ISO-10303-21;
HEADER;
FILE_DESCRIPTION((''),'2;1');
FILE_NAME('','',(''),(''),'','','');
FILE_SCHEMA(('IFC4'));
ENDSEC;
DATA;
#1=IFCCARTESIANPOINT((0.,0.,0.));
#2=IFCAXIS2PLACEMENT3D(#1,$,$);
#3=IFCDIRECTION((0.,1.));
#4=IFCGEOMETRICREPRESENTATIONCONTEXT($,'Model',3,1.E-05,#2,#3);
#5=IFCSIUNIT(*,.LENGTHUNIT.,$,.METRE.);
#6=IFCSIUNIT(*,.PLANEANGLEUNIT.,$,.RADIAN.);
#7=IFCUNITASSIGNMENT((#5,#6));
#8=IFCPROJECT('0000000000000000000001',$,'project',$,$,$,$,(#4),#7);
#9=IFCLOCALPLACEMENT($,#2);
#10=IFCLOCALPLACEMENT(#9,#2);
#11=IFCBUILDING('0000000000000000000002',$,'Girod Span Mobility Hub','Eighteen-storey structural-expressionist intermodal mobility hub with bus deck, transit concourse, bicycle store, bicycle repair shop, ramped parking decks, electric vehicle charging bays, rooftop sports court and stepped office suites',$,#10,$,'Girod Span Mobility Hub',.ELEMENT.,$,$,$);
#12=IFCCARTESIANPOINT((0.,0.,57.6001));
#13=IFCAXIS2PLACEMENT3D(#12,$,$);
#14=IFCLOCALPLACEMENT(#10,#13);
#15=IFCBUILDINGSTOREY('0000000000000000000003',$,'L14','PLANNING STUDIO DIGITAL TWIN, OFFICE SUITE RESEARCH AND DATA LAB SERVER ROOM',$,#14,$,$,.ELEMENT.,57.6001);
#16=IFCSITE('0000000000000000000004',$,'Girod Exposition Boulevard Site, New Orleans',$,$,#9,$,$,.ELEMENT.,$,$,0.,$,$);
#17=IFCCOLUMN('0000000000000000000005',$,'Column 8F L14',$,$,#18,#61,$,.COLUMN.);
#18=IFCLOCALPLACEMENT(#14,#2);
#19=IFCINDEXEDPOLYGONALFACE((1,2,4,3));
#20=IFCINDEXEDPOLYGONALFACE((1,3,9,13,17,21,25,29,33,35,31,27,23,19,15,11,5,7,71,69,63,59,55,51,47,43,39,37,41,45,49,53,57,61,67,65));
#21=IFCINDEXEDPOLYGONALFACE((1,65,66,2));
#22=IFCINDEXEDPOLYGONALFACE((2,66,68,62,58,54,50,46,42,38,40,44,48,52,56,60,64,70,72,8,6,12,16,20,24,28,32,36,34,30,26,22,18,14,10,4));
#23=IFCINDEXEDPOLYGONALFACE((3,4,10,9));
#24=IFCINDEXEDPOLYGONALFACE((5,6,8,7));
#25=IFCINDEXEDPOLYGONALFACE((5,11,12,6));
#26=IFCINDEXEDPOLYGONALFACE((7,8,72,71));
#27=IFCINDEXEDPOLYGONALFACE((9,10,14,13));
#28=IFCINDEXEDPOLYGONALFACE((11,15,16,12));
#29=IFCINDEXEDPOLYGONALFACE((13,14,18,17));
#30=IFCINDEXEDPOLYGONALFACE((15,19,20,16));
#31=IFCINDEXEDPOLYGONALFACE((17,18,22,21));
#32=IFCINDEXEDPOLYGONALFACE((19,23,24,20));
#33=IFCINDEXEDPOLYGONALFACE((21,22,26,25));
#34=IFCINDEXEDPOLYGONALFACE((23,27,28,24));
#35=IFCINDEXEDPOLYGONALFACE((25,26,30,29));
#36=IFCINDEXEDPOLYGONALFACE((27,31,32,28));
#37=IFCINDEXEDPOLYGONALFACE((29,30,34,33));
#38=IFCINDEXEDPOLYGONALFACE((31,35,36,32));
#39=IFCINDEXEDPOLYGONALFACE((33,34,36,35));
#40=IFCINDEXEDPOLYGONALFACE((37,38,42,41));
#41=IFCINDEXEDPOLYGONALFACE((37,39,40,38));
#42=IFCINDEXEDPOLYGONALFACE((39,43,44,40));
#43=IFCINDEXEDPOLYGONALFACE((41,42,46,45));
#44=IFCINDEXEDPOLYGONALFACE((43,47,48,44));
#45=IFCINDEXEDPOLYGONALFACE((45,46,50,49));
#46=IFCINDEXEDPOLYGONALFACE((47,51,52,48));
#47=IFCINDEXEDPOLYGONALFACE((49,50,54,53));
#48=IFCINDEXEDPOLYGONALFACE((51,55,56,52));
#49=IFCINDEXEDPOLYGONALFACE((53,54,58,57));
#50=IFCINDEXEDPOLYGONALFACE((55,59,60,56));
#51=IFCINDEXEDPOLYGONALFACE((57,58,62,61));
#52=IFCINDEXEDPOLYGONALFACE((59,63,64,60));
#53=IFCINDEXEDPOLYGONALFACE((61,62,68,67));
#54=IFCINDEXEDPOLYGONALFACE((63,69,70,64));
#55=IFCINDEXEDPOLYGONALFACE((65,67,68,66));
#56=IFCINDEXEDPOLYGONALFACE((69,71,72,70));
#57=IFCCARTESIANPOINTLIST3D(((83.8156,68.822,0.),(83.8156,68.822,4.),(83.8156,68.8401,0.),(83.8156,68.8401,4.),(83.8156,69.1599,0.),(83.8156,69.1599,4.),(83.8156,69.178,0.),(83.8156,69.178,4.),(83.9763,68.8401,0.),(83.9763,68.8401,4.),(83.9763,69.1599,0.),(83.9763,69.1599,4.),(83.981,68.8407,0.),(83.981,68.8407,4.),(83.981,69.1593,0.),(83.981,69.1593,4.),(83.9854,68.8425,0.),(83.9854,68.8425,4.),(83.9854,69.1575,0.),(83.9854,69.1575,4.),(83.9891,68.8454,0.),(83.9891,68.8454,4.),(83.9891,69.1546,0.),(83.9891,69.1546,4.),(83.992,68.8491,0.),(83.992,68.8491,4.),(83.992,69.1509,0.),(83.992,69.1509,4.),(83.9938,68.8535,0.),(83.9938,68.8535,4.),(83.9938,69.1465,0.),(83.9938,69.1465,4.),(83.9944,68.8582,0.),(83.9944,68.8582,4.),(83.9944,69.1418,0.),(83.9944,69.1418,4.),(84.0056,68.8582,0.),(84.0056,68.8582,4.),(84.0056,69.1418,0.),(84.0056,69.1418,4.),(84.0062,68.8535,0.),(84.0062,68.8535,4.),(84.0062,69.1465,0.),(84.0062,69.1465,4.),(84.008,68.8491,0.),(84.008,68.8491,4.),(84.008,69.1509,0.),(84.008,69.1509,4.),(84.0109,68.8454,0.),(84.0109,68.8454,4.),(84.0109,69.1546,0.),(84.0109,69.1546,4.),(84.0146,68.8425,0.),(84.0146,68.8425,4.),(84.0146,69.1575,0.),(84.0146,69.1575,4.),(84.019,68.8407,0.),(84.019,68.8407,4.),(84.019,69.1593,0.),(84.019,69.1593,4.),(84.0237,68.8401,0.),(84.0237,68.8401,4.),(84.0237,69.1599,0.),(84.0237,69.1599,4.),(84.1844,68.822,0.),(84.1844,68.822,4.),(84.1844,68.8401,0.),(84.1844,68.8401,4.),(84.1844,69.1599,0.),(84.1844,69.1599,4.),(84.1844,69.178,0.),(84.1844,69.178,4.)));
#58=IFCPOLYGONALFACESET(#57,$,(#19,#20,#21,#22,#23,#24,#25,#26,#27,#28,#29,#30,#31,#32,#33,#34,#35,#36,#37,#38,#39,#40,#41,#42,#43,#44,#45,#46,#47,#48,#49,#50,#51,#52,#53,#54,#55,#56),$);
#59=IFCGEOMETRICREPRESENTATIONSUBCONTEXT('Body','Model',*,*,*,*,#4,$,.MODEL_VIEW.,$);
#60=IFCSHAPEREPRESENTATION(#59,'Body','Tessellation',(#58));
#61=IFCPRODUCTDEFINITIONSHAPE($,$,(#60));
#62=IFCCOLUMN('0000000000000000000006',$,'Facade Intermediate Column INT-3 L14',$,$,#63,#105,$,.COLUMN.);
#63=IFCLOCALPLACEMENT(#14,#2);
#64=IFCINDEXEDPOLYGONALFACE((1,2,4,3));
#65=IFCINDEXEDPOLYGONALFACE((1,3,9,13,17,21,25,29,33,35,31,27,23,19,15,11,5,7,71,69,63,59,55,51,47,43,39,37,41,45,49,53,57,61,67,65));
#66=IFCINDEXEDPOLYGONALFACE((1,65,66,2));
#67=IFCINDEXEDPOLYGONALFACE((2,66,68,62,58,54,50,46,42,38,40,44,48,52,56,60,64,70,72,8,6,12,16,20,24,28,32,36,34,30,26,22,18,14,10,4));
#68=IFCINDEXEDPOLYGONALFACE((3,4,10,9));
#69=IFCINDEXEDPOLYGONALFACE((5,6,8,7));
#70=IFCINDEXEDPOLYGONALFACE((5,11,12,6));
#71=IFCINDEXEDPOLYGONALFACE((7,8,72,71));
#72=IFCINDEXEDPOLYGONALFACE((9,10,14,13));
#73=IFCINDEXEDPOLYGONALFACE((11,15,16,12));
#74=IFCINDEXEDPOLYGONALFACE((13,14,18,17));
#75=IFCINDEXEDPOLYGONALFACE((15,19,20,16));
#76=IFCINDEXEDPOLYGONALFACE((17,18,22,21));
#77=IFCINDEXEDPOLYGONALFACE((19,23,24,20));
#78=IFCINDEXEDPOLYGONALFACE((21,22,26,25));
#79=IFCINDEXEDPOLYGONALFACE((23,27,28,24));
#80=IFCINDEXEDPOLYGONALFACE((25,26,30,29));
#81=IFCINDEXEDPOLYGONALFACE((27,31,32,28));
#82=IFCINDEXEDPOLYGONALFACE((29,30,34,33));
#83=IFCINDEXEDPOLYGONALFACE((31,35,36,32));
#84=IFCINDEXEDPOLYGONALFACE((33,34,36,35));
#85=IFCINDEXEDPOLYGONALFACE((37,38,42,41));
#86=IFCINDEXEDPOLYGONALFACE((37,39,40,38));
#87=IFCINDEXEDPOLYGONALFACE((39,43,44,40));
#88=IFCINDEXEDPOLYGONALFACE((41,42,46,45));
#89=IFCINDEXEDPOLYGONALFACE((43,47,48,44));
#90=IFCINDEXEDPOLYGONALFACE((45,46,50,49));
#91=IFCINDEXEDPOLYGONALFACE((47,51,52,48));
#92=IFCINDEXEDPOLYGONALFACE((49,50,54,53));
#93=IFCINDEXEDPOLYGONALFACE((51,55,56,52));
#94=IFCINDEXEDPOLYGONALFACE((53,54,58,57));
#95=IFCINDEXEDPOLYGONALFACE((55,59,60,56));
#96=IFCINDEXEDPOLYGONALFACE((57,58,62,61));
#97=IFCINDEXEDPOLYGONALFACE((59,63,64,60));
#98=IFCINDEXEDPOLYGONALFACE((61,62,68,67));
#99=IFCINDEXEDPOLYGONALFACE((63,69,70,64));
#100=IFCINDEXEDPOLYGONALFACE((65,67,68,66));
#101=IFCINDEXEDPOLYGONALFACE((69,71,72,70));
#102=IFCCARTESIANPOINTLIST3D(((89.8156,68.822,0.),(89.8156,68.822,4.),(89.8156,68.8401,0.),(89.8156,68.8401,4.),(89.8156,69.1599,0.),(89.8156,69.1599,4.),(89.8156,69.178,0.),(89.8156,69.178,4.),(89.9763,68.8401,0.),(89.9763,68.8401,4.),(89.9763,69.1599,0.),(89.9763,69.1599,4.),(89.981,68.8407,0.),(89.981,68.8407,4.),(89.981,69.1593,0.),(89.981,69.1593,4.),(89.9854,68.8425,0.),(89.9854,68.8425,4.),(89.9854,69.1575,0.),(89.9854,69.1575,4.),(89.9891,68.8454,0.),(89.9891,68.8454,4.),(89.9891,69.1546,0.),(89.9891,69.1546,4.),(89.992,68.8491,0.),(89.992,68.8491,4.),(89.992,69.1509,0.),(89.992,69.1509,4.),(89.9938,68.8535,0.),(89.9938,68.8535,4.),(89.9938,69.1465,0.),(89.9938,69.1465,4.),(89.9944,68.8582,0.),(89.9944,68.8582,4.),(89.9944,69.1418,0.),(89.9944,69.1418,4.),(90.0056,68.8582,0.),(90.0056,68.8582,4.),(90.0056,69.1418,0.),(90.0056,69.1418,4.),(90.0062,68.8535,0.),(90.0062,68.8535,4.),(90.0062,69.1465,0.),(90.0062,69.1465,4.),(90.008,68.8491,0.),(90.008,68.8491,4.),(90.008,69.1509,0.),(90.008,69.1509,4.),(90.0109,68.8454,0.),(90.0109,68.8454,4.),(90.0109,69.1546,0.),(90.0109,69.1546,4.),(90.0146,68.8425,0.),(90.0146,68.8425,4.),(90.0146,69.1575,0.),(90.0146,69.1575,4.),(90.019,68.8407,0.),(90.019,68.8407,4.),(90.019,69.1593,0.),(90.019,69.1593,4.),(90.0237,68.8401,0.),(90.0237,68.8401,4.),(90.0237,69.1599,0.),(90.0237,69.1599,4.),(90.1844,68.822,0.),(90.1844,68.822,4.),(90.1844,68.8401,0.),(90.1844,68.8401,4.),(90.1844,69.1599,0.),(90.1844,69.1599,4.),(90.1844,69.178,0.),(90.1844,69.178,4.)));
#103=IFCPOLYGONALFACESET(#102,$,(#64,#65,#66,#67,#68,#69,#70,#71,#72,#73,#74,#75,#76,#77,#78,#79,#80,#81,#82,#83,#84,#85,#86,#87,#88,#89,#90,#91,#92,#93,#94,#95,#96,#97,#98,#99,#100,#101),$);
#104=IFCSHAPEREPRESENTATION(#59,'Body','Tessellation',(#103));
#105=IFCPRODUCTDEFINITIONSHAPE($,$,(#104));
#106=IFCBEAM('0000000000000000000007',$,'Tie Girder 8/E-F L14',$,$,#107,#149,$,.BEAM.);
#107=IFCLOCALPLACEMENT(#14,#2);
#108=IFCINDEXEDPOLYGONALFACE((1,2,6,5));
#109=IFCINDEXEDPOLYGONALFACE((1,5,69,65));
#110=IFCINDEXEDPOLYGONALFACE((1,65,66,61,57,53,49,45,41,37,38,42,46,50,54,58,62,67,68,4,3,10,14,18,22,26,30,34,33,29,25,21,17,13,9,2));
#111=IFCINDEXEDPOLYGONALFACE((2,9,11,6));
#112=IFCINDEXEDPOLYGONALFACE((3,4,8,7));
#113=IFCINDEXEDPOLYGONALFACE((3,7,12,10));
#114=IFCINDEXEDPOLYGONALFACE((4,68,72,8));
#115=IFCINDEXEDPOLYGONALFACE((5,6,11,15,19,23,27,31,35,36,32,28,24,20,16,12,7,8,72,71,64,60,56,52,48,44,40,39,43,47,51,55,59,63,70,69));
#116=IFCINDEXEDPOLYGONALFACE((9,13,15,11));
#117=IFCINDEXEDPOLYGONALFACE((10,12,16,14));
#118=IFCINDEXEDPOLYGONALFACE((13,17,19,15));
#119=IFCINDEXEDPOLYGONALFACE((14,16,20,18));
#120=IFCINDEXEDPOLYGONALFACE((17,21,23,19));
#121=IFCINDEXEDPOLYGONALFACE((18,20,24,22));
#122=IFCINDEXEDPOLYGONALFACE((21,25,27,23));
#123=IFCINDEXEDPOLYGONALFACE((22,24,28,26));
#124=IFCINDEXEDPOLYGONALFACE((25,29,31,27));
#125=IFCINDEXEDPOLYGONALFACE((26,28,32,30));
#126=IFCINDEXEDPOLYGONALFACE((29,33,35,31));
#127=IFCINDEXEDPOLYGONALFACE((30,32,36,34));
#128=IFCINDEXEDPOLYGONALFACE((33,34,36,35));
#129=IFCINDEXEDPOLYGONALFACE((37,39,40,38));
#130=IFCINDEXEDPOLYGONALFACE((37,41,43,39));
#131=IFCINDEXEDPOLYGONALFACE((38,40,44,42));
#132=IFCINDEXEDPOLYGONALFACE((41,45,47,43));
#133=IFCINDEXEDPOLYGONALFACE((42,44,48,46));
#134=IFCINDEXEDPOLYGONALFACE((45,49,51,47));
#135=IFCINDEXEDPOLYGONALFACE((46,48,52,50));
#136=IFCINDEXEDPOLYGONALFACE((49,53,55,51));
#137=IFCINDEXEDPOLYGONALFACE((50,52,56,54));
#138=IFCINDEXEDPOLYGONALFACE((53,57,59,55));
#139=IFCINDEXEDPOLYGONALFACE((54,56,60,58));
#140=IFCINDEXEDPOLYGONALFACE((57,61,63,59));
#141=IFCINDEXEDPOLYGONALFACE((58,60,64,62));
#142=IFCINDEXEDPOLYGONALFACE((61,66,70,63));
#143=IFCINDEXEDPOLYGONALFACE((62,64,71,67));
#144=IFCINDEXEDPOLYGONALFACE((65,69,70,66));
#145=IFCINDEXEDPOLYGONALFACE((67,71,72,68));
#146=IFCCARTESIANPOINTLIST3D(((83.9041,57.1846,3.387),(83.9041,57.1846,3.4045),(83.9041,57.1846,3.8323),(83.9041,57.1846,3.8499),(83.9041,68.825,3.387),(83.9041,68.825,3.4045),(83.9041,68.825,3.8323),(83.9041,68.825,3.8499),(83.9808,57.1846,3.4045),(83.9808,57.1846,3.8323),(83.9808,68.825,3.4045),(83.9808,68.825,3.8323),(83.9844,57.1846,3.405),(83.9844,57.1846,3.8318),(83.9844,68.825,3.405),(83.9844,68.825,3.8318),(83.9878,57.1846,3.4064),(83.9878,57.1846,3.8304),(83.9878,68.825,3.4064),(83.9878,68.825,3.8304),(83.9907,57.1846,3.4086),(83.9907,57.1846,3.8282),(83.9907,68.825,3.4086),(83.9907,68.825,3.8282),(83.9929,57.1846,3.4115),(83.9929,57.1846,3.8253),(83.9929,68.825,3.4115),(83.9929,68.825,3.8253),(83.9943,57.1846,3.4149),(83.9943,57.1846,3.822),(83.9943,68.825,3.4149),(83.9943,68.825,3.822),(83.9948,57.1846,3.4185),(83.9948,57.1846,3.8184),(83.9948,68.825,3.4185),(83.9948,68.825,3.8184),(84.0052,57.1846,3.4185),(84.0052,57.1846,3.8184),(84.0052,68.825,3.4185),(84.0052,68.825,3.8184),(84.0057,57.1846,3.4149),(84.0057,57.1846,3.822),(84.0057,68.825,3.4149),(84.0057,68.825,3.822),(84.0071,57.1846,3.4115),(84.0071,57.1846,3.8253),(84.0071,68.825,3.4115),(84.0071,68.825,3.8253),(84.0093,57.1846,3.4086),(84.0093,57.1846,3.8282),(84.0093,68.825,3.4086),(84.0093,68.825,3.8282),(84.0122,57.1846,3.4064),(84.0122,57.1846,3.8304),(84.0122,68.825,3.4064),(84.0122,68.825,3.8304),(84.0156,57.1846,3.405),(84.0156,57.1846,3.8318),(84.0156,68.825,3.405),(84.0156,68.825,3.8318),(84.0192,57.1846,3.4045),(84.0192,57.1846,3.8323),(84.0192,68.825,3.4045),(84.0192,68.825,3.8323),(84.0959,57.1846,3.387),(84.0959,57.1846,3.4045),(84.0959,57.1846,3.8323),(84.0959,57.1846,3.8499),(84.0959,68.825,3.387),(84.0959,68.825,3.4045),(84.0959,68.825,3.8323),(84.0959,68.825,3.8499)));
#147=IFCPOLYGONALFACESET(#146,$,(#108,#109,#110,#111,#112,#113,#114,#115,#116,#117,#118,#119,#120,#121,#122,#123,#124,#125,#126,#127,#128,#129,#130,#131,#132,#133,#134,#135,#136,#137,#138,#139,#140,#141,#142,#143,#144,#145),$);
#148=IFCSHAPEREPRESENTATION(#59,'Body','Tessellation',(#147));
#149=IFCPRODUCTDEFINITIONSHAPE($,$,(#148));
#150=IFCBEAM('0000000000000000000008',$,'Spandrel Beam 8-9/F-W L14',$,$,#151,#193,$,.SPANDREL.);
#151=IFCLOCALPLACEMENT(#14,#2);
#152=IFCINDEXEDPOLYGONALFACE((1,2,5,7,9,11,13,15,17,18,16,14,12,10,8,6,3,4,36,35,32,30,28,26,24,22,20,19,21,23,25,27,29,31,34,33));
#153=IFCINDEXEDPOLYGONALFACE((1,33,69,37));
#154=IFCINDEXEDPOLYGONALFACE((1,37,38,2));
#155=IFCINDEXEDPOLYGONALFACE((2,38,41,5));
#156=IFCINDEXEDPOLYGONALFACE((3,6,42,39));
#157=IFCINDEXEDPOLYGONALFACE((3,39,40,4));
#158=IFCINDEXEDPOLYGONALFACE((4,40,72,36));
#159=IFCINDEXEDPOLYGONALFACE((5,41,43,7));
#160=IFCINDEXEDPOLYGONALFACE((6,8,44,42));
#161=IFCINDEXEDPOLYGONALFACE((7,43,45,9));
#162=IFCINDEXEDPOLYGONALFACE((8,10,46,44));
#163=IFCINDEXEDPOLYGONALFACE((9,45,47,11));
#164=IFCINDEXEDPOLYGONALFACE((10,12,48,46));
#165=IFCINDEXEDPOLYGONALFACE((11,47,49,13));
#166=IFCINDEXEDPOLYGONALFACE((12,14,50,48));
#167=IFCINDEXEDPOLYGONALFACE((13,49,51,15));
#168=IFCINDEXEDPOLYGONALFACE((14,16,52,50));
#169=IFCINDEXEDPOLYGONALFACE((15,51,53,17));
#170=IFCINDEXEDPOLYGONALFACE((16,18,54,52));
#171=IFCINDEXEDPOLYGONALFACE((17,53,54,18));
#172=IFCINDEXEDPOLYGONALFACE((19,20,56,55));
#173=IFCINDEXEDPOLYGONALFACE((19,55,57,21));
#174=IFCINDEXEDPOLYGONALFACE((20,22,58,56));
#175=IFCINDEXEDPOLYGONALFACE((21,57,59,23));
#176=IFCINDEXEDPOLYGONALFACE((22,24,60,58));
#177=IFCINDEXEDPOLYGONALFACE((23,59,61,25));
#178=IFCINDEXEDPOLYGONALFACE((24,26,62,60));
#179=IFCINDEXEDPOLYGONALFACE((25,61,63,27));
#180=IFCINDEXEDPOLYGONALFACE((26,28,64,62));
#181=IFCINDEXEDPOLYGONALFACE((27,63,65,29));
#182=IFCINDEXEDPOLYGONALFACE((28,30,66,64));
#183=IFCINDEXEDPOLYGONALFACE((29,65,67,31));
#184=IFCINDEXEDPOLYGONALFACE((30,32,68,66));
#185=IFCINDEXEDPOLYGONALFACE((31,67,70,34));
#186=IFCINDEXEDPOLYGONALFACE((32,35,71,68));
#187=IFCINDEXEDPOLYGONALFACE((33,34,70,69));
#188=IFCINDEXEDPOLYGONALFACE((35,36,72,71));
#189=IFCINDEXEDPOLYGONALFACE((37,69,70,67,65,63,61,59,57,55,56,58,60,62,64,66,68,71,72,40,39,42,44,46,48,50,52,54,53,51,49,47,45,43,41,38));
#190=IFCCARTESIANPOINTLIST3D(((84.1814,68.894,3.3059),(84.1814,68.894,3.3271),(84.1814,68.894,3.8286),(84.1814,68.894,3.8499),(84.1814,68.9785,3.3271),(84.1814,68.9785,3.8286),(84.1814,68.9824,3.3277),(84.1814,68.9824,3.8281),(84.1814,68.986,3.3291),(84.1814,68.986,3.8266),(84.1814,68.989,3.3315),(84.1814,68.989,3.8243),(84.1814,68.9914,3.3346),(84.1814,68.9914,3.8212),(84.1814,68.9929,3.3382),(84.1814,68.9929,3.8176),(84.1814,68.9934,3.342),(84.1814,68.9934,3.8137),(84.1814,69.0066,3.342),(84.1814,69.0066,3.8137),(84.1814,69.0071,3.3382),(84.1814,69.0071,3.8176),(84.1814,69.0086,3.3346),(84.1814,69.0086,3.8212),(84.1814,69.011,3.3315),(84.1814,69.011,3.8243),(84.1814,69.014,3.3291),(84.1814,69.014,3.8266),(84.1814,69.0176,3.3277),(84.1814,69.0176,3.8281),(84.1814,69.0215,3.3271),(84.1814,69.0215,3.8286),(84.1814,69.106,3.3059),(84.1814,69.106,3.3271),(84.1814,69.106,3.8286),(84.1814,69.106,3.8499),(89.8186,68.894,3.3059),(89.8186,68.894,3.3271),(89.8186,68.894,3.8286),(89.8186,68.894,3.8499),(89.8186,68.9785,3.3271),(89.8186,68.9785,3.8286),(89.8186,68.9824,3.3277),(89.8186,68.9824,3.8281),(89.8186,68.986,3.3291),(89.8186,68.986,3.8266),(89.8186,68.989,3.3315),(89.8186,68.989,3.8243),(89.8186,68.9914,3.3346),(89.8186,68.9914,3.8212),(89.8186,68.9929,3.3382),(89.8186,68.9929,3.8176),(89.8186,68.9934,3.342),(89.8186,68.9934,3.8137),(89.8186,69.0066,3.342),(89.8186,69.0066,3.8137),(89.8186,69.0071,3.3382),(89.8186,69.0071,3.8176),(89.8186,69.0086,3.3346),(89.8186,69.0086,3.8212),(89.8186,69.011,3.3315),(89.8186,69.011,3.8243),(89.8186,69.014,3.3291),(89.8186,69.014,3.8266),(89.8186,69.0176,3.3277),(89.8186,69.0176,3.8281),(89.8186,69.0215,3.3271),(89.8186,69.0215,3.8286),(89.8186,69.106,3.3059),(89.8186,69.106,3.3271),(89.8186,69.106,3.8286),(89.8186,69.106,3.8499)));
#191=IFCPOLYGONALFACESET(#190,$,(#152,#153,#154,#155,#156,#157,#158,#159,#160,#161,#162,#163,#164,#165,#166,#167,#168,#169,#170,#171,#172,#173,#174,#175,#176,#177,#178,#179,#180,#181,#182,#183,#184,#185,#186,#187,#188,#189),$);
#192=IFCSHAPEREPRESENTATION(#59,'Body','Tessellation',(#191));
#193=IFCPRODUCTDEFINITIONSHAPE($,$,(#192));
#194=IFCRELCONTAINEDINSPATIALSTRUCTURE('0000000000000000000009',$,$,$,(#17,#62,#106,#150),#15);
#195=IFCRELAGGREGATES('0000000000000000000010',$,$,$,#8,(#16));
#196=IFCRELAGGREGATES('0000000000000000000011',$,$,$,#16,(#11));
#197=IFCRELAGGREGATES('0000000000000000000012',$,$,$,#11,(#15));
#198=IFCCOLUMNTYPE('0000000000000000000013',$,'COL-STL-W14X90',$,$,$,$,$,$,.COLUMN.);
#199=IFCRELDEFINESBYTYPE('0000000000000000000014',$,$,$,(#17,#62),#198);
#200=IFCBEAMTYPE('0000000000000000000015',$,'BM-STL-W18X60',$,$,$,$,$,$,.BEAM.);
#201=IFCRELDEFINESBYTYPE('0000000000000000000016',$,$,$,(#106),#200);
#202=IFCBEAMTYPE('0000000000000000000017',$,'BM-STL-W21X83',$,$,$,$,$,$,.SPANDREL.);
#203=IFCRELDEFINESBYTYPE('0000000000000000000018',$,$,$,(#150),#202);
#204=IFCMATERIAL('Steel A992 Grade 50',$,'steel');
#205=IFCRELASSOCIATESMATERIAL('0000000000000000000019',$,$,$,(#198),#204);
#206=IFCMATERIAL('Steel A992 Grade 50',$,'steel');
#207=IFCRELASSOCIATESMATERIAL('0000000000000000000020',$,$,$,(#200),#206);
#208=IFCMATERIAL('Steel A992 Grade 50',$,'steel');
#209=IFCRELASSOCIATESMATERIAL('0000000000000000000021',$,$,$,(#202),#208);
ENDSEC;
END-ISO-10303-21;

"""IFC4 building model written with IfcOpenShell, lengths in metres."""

from ifc_helpers import new_model, si_unit, direction, frame, origin, origin_2d, place, context, subcontext, project, spatial, i_section, extrude, material, material_profile, profile_set, type_object, element, save


model = new_model("IFC4")

# Units and contexts
model_context = context("Model", 3, precision=1e-05, world=origin(), true_north=direction((0.0, 1.0)))
body_context = subcontext(model_context, "Body", "Model", "MODEL_VIEW")
ifc_project = project(units=[si_unit("LENGTHUNIT", "METRE"), si_unit("PLANEANGLEUNIT", "RADIAN")], contexts=[model_context])

# Site, building, storey
site_placement = place(None, origin())
site = spatial("IfcSite", under=ifc_project, at=site_placement, Name="Girod Exposition Boulevard Site, New Orleans", CompositionType="ELEMENT", RefElevation=0.0)
building_placement = place(site_placement, origin())
building = spatial("IfcBuilding", under=site, at=building_placement, Name="Girod Span Mobility Hub", Description="Eighteen-storey structural-expressionist intermodal mobility hub with bus deck, transit concourse, bicycle store, bicycle repair shop, ramped parking decks, electric vehicle charging bays, rooftop sports court and stepped office suites", LongName="Girod Span Mobility Hub", CompositionType="ELEMENT")
storey_placement = place(building_placement, frame((0.0, 0.0, 57.6001)))
storey = spatial("IfcBuildingStorey", under=building, at=storey_placement, Name="L14", Description="PLANNING STUDIO DIGITAL TWIN, OFFICE SUITE RESEARCH AND DATA LAB SERVER ROOM", CompositionType="ELEMENT", Elevation=57.6001)

# Columns
ifc_material_1 = material(Name="Steel A992 Grade 50", Category="steel")
ifc_material_profile_1 = material_profile(ifc_material_1, i_section(OverallWidth=0.3689, OverallDepth=0.356, WebThickness=0.0112, FlangeThickness=0.0181, FilletRadius=0.0181, at=origin_2d()), Name="W14X90")
ifc_profile_set_1 = profile_set([ifc_material_profile_1], Name="Steel A992 Grade 50")
column_type = type_object("IfcColumnType", Name="COL-STL-W14X90", PredefinedType="COLUMN", material=ifc_profile_set_1)
for number, where, z_axis, x_axis, name in (
    (1, (84.0, 69.0, 0.0), (0.0, 0.0, 1.0), (1.0, 0.0, 0.0), "Column 8F L14"),
    (2, (90.0, 69.0, 0.0), (0.0, 0.0, 1.0), (1.0, 0.0, 0.0), "Facade Intermediate Column INT-3 L14"),
):
    element("IfcColumn", number, at=place(storey_placement, frame(where, z_axis=z_axis, x_axis=x_axis)), inside=storey, type_object=column_type, Name=name, PredefinedType="COLUMN", context=body_context, shape_type="SweptSolid", body=[
        extrude(i_section(OverallWidth=0.3689, OverallDepth=0.356, WebThickness=0.0112, FlangeThickness=0.0181, FilletRadius=0.0181, at=origin_2d()), origin(), (0.0, 0.0, 1.0), 4.0),
    ])

# Beams
ifc_material_2 = material(Name="Steel A992 Grade 50", Category="steel")
ifc_material_profile_2 = material_profile(ifc_material_2, i_section(OverallWidth=0.1919, OverallDepth=0.4629, WebThickness=0.0105, FlangeThickness=0.0176, FilletRadius=0.0139, at=origin_2d()), Name="W18X60")
ifc_profile_set_2 = profile_set([ifc_material_profile_2], Name="Steel A992 Grade 50")
beam_type_1 = type_object("IfcBeamType", Name="BM-STL-W18X60", PredefinedType="BEAM", material=ifc_profile_set_2)
beam_placement = place(storey_placement, frame((84.0, 57.1846, 3.6184), z_axis=(0.0, 1.0, 0.0), x_axis=(-1.0, 0.0, 0.0)))
element("IfcBeam", 3, at=beam_placement, inside=storey, type_object=beam_type_1, Name="Tie Girder 8/E-F L14", PredefinedType="BEAM", context=body_context, shape_type="SweptSolid", body=[
    extrude(i_section(OverallWidth=0.1919, OverallDepth=0.4629, WebThickness=0.0105, FlangeThickness=0.0176, FilletRadius=0.0139, at=origin_2d()), origin(), (0.0, 0.0, 1.0), 11.6404),
])
ifc_material_3 = material(Name="Steel A992 Grade 50", Category="steel")
ifc_material_profile_3 = material_profile(ifc_material_3, i_section(OverallWidth=0.2119, OverallDepth=0.5439, WebThickness=0.0132, FlangeThickness=0.0212, FilletRadius=0.0149, at=origin_2d()), Name="W21X83")
ifc_profile_set_3 = profile_set([ifc_material_profile_3], Name="Steel A992 Grade 50")
beam_type_2 = type_object("IfcBeamType", Name="BM-STL-W21X83", PredefinedType="SPANDREL", material=ifc_profile_set_3)
for number, where, z_axis, x_axis, name in (
    (4, (84.1814, 69.0, 3.5779), (1.0, 0.0, 0.0), (0.0, 1.0, 0.0), "Spandrel Beam 8-9/F-W L14"),
):
    element("IfcBeam", number, at=place(storey_placement, frame(where, z_axis=z_axis, x_axis=x_axis)), inside=storey, type_object=beam_type_2, Name=name, PredefinedType="SPANDREL", context=body_context, shape_type="SweptSolid", body=[
        extrude(i_section(OverallWidth=0.2119, OverallDepth=0.5439, WebThickness=0.0132, FlangeThickness=0.0212, FilletRadius=0.0149, at=origin_2d()), origin(), (0.0, 0.0, 1.0), 5.6372),
    ])

save(model, "model.ifc")
